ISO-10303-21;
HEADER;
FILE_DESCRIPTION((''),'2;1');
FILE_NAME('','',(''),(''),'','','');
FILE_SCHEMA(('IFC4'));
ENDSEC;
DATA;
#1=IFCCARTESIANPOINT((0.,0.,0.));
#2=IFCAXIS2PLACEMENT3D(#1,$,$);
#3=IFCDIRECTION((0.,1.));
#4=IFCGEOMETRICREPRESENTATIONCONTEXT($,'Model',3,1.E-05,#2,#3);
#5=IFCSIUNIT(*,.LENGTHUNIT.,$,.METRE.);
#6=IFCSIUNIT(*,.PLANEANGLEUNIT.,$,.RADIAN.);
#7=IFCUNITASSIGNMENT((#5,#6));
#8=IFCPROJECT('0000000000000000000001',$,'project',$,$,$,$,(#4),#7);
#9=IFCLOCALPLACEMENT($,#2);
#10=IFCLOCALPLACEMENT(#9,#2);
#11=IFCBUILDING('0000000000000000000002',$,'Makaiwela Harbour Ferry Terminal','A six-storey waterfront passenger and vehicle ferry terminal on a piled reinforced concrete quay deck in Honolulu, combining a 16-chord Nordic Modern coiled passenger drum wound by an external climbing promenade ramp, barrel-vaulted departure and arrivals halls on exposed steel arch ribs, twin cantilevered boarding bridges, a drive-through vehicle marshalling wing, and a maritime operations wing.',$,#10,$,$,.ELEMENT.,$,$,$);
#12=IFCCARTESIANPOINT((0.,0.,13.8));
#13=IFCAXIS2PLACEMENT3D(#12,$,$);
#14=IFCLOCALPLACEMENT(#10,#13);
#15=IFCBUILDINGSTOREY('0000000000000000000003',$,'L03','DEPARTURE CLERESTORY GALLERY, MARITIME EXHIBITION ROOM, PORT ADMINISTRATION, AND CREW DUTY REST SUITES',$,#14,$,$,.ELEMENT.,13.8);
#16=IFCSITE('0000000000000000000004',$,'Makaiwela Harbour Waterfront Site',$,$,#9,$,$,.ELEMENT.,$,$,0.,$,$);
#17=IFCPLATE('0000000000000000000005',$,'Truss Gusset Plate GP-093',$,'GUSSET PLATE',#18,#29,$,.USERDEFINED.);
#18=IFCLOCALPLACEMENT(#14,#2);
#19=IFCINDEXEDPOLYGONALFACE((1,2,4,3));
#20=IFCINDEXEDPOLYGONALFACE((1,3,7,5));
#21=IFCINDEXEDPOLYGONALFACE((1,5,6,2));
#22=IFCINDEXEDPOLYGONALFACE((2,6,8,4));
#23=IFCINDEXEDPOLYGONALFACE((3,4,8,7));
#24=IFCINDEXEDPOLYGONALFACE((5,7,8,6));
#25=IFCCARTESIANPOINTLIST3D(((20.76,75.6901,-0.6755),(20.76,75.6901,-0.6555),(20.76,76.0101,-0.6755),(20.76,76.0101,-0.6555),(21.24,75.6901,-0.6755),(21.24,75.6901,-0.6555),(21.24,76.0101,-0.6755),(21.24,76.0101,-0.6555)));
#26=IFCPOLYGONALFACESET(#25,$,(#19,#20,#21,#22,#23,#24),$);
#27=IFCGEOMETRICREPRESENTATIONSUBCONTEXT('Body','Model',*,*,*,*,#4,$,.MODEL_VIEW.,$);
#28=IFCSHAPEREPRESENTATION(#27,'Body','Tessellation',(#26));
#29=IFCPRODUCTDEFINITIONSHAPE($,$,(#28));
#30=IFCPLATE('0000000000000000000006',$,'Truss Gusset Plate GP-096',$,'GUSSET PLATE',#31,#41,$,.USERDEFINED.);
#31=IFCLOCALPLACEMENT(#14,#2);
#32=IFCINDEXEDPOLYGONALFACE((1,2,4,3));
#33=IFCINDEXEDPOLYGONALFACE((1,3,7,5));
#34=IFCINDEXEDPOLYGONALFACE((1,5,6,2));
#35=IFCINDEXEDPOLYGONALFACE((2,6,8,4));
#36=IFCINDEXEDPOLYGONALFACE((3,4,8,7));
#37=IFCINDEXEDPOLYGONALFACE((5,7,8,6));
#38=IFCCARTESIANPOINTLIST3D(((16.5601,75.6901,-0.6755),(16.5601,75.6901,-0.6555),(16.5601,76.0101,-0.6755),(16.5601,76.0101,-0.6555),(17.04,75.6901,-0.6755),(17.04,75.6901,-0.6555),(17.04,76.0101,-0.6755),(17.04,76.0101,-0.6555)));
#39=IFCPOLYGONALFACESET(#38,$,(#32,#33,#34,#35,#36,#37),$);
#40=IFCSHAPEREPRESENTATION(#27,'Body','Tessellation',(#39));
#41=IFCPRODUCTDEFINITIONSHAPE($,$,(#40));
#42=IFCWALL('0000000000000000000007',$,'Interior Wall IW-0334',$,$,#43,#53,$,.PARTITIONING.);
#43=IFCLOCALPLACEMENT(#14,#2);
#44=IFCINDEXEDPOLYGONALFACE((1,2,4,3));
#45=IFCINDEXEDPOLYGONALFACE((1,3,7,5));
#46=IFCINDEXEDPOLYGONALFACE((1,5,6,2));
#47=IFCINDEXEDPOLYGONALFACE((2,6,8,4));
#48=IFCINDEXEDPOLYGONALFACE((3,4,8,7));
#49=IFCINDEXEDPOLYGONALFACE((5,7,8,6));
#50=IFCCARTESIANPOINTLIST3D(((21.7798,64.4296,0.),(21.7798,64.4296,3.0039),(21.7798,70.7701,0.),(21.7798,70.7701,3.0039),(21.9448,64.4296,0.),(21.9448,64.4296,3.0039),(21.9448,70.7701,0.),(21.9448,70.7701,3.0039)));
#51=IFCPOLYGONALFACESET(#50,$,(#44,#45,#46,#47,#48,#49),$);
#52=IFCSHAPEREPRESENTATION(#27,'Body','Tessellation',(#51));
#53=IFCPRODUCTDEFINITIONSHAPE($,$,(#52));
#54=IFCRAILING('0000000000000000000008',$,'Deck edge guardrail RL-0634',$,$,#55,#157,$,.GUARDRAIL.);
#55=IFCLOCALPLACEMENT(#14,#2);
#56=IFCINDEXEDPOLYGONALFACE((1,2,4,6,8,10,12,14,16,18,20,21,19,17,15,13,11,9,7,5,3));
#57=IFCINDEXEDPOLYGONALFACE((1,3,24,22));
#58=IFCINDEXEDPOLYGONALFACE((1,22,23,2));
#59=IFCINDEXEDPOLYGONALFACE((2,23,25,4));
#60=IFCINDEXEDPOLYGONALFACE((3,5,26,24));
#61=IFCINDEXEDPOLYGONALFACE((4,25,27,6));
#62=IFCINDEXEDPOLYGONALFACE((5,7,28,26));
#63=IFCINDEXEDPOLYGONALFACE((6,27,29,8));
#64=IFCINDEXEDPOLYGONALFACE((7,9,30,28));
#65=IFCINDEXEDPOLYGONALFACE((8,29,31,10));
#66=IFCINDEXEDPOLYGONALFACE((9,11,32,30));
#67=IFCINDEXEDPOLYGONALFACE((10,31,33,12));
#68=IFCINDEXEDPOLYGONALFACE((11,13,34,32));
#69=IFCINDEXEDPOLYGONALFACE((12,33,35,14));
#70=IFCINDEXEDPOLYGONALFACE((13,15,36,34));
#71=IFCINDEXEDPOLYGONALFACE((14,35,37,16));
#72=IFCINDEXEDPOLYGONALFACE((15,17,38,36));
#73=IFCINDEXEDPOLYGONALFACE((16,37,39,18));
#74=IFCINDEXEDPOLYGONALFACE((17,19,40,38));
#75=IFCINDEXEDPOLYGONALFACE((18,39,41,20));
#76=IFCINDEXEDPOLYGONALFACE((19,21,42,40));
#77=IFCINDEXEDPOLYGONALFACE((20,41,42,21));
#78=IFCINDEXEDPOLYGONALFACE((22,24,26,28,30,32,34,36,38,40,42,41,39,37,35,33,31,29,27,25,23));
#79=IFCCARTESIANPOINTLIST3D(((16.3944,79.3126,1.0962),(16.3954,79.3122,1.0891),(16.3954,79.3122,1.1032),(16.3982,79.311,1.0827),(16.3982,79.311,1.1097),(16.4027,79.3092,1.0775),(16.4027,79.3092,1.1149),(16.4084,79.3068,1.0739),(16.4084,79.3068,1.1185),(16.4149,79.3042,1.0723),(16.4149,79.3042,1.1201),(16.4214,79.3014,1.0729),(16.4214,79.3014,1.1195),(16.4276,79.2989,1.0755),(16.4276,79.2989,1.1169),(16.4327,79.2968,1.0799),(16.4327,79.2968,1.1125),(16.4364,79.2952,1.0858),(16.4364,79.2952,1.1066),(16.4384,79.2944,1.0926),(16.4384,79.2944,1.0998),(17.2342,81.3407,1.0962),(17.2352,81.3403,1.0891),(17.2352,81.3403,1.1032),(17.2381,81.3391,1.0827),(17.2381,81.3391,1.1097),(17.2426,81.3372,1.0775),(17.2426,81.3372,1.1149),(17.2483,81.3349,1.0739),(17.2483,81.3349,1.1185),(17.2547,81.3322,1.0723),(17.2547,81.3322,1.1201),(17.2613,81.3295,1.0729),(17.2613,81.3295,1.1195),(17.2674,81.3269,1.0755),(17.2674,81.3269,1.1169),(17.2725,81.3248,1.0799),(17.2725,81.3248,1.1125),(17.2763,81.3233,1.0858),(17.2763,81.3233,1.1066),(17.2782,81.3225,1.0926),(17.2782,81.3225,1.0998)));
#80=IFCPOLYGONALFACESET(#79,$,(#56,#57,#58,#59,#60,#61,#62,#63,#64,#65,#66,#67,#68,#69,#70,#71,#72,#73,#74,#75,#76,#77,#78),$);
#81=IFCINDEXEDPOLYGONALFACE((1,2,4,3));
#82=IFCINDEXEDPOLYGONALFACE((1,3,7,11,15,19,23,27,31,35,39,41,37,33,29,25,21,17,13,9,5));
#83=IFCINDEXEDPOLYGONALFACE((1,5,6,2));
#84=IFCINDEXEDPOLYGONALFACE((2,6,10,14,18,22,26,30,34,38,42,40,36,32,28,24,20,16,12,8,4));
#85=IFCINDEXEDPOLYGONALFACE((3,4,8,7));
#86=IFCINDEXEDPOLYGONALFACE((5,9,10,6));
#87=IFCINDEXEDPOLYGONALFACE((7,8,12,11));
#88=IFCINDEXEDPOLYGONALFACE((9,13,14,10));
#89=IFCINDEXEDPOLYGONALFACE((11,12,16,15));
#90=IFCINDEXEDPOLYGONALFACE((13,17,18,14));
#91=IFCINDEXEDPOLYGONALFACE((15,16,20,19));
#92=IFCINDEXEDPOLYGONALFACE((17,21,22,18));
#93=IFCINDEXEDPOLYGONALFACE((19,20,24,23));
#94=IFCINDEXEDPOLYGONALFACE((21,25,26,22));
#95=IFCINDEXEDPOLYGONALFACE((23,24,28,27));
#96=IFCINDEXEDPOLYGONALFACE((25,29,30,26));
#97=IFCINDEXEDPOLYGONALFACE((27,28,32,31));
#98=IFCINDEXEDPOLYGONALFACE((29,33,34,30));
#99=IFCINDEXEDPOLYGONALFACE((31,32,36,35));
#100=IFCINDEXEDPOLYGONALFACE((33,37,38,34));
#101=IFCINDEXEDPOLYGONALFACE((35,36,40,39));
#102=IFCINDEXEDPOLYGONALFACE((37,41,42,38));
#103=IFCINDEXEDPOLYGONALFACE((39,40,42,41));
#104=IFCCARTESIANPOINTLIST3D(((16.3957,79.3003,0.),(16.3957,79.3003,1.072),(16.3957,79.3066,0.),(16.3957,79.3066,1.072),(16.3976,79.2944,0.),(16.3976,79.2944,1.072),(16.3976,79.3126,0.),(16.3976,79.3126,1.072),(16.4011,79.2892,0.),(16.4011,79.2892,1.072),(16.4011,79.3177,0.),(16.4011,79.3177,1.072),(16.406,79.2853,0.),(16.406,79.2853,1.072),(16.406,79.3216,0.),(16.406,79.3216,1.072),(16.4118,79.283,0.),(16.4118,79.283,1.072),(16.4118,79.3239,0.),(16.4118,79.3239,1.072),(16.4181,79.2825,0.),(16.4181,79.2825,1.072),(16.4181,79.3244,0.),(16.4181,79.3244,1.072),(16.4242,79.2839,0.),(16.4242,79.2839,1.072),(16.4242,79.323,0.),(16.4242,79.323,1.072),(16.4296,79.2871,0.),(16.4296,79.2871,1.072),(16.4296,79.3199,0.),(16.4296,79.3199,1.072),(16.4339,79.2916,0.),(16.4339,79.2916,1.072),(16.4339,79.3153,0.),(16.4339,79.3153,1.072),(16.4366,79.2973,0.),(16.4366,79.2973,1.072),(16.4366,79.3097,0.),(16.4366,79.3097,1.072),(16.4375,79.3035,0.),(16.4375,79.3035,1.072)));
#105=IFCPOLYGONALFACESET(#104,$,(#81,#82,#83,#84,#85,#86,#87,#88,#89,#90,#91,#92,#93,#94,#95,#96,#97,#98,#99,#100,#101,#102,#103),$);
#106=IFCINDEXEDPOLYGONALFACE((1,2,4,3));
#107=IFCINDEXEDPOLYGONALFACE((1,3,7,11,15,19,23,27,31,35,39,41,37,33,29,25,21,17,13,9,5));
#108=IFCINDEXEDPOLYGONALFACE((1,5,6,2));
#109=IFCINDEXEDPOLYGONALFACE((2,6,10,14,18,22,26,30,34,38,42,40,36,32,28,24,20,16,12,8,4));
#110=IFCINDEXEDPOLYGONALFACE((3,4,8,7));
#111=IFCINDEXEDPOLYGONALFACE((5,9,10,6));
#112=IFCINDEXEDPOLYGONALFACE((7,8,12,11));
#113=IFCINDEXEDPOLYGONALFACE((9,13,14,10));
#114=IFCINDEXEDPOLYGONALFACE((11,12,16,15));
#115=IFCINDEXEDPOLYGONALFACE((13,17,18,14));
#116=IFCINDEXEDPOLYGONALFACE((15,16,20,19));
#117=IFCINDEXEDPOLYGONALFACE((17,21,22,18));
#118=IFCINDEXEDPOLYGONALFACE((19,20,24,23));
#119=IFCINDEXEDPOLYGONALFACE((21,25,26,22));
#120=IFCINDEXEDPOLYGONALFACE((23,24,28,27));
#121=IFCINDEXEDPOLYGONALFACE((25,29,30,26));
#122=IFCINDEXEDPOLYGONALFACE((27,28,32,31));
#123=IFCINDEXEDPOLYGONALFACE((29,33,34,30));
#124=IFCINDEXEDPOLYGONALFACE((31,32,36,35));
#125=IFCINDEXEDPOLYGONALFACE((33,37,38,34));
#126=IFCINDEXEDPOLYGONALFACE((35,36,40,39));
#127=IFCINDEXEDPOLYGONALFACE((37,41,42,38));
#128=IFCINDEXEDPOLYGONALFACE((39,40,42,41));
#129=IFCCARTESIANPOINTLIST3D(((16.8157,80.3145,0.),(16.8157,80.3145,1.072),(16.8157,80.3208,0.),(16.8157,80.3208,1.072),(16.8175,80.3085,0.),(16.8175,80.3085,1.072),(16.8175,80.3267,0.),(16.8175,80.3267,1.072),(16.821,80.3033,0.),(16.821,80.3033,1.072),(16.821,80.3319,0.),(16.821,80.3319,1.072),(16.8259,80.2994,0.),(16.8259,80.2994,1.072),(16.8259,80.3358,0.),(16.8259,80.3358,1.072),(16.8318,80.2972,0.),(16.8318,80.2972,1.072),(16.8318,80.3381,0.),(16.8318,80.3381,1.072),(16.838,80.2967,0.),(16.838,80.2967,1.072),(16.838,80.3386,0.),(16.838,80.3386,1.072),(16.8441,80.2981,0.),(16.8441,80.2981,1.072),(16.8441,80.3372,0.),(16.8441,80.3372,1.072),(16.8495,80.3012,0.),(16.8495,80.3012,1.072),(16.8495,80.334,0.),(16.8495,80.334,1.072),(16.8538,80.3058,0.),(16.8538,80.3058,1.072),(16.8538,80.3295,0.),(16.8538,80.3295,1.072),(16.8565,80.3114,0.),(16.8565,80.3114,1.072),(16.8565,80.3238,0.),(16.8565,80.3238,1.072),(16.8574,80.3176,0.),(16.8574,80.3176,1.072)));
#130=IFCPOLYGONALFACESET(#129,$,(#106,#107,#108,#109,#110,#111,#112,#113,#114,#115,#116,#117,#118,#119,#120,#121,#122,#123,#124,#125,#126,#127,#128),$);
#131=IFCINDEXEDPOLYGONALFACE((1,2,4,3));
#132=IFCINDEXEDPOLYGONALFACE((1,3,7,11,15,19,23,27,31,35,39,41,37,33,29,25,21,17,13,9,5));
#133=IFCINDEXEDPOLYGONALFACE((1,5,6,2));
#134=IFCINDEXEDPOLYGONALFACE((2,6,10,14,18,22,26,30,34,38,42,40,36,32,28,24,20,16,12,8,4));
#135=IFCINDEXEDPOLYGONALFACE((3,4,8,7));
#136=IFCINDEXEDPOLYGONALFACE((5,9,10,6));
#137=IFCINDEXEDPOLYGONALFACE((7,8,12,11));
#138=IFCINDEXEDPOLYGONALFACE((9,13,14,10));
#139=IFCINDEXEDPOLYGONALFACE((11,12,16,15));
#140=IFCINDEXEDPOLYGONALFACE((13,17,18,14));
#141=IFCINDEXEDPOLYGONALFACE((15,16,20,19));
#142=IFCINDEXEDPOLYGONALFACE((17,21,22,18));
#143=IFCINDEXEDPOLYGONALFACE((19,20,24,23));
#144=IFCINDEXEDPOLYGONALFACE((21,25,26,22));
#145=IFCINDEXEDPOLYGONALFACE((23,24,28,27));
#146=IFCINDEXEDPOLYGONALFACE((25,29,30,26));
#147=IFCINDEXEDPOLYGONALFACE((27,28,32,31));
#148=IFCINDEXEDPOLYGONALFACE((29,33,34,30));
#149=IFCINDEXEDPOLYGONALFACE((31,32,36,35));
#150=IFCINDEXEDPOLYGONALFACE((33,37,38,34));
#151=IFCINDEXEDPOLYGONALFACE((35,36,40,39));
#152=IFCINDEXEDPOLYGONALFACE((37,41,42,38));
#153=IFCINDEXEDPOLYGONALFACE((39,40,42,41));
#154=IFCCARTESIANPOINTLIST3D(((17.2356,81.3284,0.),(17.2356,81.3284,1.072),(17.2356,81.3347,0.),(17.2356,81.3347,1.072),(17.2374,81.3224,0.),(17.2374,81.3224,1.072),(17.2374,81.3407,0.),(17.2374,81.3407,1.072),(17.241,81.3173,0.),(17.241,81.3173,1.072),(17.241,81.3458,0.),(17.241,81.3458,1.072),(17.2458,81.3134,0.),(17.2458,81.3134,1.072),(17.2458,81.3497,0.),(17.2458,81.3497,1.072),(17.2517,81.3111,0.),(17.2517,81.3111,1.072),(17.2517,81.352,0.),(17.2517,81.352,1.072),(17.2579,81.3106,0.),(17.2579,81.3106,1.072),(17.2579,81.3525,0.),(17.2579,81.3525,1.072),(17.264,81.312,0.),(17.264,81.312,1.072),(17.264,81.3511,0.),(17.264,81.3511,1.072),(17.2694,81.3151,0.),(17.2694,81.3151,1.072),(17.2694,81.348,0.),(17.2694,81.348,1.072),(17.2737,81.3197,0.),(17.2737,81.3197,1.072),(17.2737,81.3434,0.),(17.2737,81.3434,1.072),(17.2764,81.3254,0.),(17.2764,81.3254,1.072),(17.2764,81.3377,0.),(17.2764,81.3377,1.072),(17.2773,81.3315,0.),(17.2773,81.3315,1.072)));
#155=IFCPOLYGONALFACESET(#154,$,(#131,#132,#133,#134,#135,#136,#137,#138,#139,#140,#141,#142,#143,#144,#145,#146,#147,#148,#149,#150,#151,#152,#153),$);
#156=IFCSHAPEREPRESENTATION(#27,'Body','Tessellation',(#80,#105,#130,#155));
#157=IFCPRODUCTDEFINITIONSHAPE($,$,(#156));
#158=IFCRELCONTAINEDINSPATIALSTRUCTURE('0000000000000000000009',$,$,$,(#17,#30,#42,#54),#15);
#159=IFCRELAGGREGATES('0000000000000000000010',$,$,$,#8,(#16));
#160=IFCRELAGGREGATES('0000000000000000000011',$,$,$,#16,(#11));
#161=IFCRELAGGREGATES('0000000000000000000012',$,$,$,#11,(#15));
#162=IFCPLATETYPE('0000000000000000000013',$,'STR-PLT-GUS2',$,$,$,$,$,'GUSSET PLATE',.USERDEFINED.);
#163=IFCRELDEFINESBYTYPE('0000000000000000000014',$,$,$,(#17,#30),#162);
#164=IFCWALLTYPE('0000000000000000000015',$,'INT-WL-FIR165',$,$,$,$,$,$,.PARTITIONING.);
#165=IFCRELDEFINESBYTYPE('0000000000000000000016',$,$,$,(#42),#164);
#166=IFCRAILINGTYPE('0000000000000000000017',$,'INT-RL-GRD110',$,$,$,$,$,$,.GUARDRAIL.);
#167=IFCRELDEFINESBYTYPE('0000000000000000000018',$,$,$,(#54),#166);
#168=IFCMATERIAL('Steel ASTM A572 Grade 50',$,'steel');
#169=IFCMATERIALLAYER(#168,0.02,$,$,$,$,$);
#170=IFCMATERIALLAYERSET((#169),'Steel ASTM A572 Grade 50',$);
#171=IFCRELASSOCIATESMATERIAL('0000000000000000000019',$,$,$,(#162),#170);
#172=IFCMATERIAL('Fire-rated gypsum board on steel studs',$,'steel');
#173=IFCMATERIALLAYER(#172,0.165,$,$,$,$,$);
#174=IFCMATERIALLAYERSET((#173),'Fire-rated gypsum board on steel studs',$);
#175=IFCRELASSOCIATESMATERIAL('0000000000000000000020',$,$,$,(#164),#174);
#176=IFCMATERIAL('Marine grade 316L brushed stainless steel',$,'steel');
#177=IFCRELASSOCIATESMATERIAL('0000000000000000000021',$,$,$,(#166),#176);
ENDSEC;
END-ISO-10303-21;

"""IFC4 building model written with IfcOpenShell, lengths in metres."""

from ifc_helpers import new_model, si_unit, direction, frame, frame_2d, origin, origin_2d, place, context, subcontext, project, spatial, rectangle, circle, extrude, material, layer, layer_set, type_object, element, save


model = new_model("IFC4")

# Units and contexts
model_context = context("Model", 3, precision=1e-05, world=origin(), true_north=direction((0.0, 1.0)))
body_context = subcontext(model_context, "Body", "Model", "MODEL_VIEW")
ifc_project = project(units=[si_unit("LENGTHUNIT", "METRE"), si_unit("PLANEANGLEUNIT", "RADIAN")], contexts=[model_context])

# Site, building, storey
site_placement = place(None, origin())
site = spatial("IfcSite", under=ifc_project, at=site_placement, Name="Makaiwela Harbour Waterfront Site", CompositionType="ELEMENT", RefElevation=0.0)
building_placement = place(site_placement, origin())
building = spatial("IfcBuilding", under=site, at=building_placement, Name="Makaiwela Harbour Ferry Terminal", Description="A six-storey waterfront passenger and vehicle ferry terminal on a piled reinforced concrete quay deck in Honolulu, combining a 16-chord Nordic Modern coiled passenger drum wound by an external climbing promenade ramp, barrel-vaulted departure and arrivals halls on exposed steel arch ribs, twin cantilevered boarding bridges, a drive-through vehicle marshalling wing, and a maritime operations wing.", CompositionType="ELEMENT")
storey_placement = place(building_placement, frame((0.0, 0.0, 13.8)))
storey = spatial("IfcBuildingStorey", under=building, at=storey_placement, Name="L03", Description="DEPARTURE CLERESTORY GALLERY, MARITIME EXHIBITION ROOM, PORT ADMINISTRATION, AND CREW DUTY REST SUITES", CompositionType="ELEMENT", Elevation=13.8)

# Plates
ifc_material_1 = material(Name="Steel ASTM A572 Grade 50", Category="steel")
ifc_layer_1 = layer(ifc_material_1, 0.02)
ifc_layer_set_1 = layer_set([ifc_layer_1], Name="Steel ASTM A572 Grade 50")
plate_type_1 = type_object("IfcPlateType", Name="STR-PLT-GUS2", ElementType="GUSSET PLATE", PredefinedType="USERDEFINED", material=ifc_layer_set_1)
for number, where, z_axis, x_axis, name in (
    (1, (21.0, 75.8501, -0.6755), (0.0, 0.0, 1.0), (1.0, 0.0, 0.0), "Truss Gusset Plate GP-093"),
    (2, (16.8, 75.8501, -0.6755), (0.0, 0.0, 1.0), (1.0, 0.0, 0.0), "Truss Gusset Plate GP-096"),
):
    element("IfcPlate", number, at=place(storey_placement, frame(where, z_axis=z_axis, x_axis=x_axis)), inside=storey, type_object=plate_type_1, Name=name, ObjectType="GUSSET PLATE", PredefinedType="USERDEFINED", context=body_context, shape_type="SweptSolid", body=[
        extrude(rectangle(XDim=0.48, YDim=0.3201, at=origin_2d()), origin(), (0.0, 0.0, 1.0), 0.02),
    ])

# Wall
ifc_material_2 = material(Name="Fire-rated gypsum board on steel studs", Category="steel")
ifc_layer_2 = layer(ifc_material_2, 0.165)
ifc_layer_set_2 = layer_set([ifc_layer_2], Name="Fire-rated gypsum board on steel studs")
wall_type = type_object("IfcWallType", Name="INT-WL-FIR165", PredefinedType="PARTITIONING", material=ifc_layer_set_2)
wall_placement = place(storey_placement, frame((21.8623, 70.7703, 0.0), z_axis=(0.0, 0.0, 1.0), x_axis=(0.0, -1.0, 0.0)))
element("IfcWall", 3, at=wall_placement, inside=storey, type_object=wall_type, Name="Interior Wall IW-0334", PredefinedType="PARTITIONING", context=body_context, shape_type="SweptSolid", body=[
    extrude(rectangle(XDim=6.3406, YDim=0.165, at=frame_2d((3.1704, 0.0))), origin(), (0.0, 0.0, 1.0), 3.0039),
])

# Railing
ifc_material_3 = material(Name="Marine grade 316L brushed stainless steel", Category="steel")
railing_type = type_object("IfcRailingType", Name="INT-RL-GRD110", PredefinedType="GUARDRAIL", material=ifc_material_3)
railing_1_placement = place(storey_placement, frame((16.4165, 79.3035, 0.0)))
element("IfcRailing", 4, at=railing_1_placement, inside=storey, type_object=railing_type, Name="Deck edge guardrail RL-0634", PredefinedType="GUARDRAIL", context=body_context, shape_type="SweptSolid", body=[
    extrude(circle(Radius=0.0239, at=origin_2d()), frame((0.0, 0.0, 1.0962), z_axis=(0.382601, 0.923914, 0.0), x_axis=(-0.923914, 0.382601, 0.0)), (0.0, 0.0, 1.0), 2.1951),
    extrude(circle(Radius=0.021, at=origin_2d()), origin(), (0.0, 0.0, 1.0), 1.072),
    extrude(circle(Radius=0.021, at=origin_2d()), frame((0.4199, 1.0142, 0.0)), (0.0, 0.0, 1.0), 1.072),
    extrude(circle(Radius=0.021, at=origin_2d()), frame((0.8398, 2.0281, 0.0)), (0.0, 0.0, 1.0), 1.072),
])

save(model, "model.ifc")
